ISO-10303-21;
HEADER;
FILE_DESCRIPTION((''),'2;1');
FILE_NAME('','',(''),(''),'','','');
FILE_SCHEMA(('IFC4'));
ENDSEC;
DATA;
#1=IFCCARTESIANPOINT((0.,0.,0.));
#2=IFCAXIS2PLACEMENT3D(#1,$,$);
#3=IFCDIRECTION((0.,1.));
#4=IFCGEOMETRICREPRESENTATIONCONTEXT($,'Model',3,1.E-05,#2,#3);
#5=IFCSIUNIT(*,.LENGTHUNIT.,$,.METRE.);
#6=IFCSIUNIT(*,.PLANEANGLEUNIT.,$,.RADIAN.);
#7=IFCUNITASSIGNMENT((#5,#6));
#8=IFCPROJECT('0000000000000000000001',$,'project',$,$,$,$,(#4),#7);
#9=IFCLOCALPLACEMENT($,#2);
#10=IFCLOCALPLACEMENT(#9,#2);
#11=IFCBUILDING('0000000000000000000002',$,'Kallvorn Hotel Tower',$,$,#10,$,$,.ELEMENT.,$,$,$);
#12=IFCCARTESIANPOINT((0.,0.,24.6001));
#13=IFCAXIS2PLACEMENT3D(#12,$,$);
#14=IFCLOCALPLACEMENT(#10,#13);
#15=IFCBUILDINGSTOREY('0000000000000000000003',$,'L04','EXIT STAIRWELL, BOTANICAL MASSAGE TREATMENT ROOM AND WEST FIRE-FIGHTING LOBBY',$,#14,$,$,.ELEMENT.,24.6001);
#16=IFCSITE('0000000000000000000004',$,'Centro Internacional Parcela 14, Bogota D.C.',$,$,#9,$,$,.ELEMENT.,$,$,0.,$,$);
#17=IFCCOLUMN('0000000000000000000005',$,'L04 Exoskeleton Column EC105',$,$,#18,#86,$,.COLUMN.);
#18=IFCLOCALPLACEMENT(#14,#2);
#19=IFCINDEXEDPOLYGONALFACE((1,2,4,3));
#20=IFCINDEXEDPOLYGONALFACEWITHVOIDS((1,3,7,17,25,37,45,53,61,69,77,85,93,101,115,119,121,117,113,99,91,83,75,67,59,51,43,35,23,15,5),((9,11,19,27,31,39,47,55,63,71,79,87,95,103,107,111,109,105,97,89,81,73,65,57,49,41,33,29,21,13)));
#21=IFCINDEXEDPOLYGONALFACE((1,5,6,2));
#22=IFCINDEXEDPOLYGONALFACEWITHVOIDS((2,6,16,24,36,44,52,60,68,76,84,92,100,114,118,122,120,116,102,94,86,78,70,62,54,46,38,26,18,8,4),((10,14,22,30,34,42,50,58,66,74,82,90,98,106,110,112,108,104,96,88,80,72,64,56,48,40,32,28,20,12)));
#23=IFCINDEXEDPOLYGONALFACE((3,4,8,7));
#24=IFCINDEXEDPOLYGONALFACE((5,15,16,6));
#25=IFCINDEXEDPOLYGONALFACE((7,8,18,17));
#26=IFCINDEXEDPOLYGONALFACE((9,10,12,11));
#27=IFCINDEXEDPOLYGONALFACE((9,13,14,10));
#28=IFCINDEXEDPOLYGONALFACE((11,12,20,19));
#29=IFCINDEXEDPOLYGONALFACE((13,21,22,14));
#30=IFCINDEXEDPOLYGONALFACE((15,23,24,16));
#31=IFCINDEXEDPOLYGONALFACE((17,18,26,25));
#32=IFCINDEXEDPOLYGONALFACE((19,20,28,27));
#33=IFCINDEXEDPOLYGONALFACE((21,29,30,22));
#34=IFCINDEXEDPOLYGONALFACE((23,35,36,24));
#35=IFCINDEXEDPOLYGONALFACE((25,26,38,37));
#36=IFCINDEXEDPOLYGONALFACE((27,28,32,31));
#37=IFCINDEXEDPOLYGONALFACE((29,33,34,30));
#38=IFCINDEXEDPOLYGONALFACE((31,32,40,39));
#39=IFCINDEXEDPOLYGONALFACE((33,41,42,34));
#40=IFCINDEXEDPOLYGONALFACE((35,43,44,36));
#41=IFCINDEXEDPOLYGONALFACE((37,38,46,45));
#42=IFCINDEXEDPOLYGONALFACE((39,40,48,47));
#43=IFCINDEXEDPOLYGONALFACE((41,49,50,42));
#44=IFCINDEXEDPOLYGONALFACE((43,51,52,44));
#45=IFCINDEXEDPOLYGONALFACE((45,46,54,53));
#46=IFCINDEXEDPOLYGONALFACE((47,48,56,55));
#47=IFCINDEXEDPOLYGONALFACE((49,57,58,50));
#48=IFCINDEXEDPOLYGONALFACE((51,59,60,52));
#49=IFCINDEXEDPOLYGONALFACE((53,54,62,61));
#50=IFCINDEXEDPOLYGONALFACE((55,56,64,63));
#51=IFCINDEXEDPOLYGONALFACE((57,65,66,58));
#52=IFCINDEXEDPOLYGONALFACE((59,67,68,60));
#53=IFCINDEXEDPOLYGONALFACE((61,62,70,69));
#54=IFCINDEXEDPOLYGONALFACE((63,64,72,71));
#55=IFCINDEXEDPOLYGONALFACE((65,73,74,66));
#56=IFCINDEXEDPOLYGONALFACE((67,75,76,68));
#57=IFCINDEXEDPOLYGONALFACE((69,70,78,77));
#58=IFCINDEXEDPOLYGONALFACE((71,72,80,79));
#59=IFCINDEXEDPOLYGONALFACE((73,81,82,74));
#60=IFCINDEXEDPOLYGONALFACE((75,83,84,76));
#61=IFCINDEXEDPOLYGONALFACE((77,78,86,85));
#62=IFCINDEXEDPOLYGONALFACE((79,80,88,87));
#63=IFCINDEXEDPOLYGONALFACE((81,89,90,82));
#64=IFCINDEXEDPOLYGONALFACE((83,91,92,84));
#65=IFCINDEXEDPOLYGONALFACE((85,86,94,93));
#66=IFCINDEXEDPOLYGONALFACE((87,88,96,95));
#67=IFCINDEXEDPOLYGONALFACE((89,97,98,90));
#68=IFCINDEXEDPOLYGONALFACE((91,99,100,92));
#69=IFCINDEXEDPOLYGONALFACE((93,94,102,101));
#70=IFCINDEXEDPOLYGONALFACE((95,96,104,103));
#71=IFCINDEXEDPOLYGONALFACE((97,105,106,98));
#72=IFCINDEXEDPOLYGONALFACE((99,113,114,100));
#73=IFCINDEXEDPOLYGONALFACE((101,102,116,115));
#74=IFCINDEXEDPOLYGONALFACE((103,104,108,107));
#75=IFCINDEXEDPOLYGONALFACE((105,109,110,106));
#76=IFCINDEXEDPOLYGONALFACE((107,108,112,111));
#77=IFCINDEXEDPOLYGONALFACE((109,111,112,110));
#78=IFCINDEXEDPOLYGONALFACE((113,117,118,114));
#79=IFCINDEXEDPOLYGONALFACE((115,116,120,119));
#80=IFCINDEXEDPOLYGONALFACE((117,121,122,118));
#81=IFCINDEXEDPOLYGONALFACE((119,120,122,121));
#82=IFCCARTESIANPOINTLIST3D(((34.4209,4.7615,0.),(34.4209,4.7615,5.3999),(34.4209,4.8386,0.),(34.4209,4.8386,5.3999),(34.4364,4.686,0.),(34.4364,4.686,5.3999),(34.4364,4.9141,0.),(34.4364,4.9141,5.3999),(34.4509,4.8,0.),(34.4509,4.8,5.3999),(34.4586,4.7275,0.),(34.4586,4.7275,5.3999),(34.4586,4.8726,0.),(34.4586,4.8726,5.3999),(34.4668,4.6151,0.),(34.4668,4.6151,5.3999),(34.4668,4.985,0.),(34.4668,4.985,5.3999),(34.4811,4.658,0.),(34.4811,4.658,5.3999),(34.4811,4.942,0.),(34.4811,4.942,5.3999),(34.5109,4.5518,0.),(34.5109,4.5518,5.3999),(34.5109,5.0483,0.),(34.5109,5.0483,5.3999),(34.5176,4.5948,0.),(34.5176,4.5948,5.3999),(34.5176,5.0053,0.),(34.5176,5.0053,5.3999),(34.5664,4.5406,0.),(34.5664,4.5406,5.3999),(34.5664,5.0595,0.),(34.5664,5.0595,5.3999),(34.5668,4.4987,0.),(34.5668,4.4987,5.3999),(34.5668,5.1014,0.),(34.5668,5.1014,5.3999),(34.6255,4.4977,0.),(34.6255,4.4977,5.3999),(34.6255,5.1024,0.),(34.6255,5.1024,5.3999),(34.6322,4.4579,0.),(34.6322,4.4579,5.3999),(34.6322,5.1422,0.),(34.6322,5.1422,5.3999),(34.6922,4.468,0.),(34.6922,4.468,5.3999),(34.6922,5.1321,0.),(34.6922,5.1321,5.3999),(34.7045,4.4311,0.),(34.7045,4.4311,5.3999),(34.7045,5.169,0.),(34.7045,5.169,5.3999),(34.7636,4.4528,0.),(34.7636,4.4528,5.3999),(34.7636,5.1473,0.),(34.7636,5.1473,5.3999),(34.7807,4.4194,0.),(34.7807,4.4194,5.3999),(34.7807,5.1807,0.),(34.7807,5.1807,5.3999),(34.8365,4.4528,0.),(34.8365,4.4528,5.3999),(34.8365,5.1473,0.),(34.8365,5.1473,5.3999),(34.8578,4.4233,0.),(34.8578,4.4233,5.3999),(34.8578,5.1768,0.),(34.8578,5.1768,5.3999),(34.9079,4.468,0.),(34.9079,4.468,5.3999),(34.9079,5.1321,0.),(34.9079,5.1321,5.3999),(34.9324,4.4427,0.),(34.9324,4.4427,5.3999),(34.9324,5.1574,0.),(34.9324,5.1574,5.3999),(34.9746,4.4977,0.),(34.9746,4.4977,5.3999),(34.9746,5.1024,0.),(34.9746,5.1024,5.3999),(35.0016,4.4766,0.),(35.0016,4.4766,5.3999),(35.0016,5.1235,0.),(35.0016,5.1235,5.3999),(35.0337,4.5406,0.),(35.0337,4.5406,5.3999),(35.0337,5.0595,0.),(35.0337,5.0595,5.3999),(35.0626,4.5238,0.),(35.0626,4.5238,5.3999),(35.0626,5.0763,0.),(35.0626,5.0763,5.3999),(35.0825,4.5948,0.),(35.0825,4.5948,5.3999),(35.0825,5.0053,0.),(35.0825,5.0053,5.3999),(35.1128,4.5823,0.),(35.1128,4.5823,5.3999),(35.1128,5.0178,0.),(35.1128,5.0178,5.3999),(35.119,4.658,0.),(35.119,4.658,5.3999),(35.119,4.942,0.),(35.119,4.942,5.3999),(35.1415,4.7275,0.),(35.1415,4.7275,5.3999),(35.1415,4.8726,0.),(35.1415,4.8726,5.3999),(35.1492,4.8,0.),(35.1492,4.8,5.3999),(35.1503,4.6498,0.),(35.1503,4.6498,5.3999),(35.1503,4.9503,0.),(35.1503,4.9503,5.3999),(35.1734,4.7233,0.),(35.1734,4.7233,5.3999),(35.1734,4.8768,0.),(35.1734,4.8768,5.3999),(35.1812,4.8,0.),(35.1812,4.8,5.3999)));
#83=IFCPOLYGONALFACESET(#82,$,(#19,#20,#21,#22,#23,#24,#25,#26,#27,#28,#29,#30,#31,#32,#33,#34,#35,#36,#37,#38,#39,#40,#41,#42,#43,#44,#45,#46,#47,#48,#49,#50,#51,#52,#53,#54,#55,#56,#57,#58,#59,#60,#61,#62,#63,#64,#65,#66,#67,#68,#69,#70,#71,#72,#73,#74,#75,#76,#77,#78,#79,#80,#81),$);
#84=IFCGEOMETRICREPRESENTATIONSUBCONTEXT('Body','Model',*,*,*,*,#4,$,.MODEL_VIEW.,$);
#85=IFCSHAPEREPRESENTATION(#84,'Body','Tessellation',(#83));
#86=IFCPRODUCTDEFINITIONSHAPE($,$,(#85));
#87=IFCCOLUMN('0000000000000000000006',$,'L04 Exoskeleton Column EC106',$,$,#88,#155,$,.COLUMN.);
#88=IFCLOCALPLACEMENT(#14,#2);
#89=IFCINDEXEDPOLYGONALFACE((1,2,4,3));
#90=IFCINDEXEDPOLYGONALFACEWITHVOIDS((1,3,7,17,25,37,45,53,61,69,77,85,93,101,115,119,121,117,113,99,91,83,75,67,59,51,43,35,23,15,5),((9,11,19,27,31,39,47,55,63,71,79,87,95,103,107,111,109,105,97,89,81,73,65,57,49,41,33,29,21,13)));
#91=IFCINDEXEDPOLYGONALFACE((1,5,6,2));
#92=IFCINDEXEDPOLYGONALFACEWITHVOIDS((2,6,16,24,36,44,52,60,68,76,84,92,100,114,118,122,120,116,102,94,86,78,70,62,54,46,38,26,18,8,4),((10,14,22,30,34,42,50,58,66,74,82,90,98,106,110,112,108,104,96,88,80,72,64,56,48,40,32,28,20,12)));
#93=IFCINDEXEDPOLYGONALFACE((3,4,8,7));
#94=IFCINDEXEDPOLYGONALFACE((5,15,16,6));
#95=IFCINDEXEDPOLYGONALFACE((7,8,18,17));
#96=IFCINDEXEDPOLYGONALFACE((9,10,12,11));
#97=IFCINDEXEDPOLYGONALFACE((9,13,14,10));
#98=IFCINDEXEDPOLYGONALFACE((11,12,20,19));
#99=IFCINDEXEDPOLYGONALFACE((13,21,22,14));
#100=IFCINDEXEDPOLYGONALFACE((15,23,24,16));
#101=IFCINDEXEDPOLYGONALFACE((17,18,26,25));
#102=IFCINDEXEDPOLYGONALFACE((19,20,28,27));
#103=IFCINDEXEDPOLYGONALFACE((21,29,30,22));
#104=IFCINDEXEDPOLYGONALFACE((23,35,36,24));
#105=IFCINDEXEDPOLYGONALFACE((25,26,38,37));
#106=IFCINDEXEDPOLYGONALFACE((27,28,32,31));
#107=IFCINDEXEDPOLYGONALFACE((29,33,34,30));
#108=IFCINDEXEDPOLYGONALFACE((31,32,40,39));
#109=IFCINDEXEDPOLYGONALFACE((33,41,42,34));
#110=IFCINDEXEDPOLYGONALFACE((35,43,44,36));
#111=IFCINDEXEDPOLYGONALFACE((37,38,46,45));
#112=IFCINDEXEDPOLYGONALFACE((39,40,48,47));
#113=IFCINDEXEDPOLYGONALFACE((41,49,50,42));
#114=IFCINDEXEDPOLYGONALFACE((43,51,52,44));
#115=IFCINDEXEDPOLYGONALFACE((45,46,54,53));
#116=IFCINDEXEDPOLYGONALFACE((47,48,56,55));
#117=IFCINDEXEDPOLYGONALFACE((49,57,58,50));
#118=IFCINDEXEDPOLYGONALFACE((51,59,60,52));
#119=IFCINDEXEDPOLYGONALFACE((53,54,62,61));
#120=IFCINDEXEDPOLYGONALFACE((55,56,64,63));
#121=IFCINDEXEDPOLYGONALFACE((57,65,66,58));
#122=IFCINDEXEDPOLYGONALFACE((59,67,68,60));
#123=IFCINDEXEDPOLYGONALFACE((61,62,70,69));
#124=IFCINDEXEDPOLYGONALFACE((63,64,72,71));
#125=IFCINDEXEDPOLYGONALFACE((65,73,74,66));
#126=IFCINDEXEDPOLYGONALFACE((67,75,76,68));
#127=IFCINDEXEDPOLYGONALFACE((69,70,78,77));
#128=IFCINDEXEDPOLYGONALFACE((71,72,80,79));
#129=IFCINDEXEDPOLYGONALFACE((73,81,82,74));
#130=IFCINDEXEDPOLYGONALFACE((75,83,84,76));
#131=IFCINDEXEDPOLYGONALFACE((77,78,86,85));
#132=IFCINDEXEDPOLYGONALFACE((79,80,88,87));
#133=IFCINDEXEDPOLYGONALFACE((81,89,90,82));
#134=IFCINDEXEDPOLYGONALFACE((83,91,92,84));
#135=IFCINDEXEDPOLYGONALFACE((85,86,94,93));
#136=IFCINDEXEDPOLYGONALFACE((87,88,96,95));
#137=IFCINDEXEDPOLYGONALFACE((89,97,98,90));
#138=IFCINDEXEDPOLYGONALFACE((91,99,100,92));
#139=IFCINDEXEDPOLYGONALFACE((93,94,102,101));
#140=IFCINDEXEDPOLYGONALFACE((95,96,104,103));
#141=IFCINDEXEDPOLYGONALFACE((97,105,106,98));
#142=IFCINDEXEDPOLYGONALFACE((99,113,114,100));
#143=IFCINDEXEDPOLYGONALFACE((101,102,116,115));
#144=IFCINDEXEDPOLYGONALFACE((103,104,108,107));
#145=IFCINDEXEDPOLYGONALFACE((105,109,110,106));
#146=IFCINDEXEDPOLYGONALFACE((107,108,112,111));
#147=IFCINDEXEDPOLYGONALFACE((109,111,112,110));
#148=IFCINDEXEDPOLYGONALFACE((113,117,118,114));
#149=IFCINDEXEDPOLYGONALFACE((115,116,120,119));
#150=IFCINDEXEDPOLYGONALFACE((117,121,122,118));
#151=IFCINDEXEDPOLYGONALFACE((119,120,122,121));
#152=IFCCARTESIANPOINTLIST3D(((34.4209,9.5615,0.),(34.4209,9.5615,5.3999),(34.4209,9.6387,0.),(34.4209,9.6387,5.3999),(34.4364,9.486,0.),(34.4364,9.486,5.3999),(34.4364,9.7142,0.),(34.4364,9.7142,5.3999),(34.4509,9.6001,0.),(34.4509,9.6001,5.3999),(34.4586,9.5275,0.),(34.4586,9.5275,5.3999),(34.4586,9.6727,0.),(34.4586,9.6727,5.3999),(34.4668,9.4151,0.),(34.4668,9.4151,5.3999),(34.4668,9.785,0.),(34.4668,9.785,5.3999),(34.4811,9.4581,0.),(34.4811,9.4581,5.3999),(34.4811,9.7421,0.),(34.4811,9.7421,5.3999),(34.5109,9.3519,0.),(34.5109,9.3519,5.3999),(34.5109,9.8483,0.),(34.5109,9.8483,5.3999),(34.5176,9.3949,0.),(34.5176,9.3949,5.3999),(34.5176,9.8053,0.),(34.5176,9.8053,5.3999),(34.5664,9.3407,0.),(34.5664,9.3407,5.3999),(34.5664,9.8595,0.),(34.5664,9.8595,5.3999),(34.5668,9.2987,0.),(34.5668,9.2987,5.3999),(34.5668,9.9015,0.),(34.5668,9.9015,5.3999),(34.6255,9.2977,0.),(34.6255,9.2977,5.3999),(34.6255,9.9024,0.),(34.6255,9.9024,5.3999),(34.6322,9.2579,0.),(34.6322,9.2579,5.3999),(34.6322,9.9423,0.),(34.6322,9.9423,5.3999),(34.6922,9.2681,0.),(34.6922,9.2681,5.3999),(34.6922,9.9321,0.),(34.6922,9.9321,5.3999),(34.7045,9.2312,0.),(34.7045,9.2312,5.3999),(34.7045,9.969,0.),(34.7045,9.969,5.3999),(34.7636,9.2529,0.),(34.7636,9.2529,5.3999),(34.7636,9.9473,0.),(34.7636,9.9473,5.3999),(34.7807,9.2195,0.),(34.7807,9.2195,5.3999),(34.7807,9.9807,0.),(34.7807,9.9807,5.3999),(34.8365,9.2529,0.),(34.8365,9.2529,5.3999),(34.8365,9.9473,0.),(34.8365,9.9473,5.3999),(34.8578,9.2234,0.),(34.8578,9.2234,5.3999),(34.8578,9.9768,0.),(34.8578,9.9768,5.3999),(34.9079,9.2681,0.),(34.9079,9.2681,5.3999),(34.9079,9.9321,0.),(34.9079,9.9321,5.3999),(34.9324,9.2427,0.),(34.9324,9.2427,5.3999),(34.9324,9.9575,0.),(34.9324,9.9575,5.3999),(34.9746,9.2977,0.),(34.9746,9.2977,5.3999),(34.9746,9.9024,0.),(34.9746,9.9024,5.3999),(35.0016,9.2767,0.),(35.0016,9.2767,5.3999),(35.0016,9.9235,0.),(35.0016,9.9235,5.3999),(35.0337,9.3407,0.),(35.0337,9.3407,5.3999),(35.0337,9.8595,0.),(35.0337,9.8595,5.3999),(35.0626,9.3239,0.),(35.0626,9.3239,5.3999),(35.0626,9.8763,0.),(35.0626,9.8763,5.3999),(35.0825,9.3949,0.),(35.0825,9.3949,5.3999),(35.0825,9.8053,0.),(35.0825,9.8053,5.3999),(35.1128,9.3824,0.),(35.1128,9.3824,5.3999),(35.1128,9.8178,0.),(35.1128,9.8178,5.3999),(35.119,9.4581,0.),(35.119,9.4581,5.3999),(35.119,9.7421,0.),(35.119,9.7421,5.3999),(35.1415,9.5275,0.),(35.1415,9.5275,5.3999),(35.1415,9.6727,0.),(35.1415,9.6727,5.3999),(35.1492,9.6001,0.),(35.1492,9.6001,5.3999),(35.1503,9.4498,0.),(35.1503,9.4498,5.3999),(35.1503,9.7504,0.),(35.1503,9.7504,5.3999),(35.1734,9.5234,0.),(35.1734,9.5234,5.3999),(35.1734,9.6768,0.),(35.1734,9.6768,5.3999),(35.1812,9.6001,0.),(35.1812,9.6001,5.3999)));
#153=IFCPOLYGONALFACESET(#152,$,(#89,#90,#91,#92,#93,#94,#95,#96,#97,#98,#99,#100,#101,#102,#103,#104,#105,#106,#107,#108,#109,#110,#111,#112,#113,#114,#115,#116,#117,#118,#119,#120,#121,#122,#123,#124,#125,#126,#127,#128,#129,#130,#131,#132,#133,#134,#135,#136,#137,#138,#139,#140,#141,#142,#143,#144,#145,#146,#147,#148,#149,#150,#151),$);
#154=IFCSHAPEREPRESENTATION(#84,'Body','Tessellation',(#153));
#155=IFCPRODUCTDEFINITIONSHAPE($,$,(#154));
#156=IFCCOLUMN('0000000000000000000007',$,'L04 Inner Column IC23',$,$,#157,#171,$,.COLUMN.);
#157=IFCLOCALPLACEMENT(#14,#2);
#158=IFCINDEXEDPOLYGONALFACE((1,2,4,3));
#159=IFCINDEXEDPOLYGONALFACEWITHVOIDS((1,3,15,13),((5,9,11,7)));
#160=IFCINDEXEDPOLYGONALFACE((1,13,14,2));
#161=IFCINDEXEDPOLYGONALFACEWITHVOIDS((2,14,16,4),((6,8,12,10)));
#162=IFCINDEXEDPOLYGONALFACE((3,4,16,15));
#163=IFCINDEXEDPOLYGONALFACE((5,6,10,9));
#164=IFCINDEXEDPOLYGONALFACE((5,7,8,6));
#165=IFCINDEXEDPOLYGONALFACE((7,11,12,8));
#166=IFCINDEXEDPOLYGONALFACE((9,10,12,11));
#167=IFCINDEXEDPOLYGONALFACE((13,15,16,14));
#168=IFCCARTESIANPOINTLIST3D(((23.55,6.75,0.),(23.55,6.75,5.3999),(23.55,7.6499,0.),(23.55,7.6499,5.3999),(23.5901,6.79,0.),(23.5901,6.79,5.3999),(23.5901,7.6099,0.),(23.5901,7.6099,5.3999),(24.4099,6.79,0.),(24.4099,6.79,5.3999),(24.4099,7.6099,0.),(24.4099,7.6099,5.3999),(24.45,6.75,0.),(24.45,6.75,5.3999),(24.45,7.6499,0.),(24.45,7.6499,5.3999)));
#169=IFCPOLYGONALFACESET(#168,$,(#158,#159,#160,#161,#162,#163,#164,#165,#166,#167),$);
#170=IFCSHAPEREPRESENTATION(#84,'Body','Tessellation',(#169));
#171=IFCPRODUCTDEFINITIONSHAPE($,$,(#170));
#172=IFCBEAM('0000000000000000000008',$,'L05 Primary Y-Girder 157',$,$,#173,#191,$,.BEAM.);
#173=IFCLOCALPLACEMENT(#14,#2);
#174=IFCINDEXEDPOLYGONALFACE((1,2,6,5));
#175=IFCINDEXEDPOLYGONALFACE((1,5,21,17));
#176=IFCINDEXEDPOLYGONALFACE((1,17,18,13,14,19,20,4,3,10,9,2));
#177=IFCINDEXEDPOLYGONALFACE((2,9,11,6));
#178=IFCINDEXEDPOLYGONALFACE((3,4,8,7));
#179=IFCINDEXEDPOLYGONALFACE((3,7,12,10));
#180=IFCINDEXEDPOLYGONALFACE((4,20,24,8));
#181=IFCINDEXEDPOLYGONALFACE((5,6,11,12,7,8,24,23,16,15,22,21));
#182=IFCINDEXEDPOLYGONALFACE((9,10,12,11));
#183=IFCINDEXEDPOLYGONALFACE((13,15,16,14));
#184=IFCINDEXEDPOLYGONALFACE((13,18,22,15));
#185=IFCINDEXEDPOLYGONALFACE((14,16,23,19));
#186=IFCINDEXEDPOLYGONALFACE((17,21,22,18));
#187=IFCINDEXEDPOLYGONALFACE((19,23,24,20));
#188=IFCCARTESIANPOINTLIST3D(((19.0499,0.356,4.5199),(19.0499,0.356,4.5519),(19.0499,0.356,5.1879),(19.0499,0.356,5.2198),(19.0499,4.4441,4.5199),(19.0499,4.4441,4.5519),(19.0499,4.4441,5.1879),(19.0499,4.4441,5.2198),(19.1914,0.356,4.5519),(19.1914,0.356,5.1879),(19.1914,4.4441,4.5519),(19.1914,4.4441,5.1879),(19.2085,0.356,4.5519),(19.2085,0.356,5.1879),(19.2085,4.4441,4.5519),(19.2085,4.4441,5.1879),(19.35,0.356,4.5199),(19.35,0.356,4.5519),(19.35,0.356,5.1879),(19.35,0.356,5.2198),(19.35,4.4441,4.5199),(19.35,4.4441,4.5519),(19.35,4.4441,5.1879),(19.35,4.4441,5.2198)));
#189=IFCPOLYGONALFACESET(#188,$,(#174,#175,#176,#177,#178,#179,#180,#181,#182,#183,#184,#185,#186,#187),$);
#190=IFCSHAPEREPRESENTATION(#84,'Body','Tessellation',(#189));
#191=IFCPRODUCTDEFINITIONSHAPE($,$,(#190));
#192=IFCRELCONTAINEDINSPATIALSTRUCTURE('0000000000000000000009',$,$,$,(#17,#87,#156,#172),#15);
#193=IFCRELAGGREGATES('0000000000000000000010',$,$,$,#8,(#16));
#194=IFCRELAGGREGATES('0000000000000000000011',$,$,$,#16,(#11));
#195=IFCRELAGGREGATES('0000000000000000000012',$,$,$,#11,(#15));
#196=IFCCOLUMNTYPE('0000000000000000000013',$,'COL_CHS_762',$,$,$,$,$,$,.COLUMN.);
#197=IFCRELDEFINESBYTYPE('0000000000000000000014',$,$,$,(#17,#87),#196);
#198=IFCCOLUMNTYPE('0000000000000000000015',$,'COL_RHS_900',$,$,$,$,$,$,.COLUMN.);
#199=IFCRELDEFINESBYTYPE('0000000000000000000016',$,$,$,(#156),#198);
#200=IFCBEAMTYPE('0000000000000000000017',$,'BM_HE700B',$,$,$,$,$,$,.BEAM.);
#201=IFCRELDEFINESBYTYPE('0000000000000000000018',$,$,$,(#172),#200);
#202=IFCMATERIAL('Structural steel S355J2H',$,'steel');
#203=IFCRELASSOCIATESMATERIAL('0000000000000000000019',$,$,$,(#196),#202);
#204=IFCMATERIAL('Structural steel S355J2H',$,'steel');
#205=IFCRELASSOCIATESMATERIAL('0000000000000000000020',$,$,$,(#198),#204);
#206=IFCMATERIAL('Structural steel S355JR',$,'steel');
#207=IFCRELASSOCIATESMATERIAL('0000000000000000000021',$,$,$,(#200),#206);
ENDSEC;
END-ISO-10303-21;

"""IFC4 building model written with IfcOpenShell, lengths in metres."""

from ifc_helpers import new_model, si_unit, direction, frame, origin, origin_2d, place, context, subcontext, project, spatial, hollow_rectangle, hollow_circle, i_section, extrude, material, material_profile, profile_set, type_object, element, save


model = new_model("IFC4")

# Units and contexts
model_context = context("Model", 3, precision=1e-05, world=origin(), true_north=direction((0.0, 1.0)))
body_context = subcontext(model_context, "Body", "Model", "MODEL_VIEW")
ifc_project = project(units=[si_unit("LENGTHUNIT", "METRE"), si_unit("PLANEANGLEUNIT", "RADIAN")], contexts=[model_context])

# Site, building, storey
site_placement = place(None, origin())
site = spatial("IfcSite", under=ifc_project, at=site_placement, Name="Centro Internacional Parcela 14, Bogota D.C.", CompositionType="ELEMENT", RefElevation=0.0)
building_placement = place(site_placement, origin())
building = spatial("IfcBuilding", under=site, at=building_placement, Name="Kallvorn Hotel Tower", CompositionType="ELEMENT")
storey_placement = place(building_placement, frame((0.0, 0.0, 24.6001)))
storey = spatial("IfcBuildingStorey", under=building, at=storey_placement, Name="L04", Description="EXIT STAIRWELL, BOTANICAL MASSAGE TREATMENT ROOM AND WEST FIRE-FIGHTING LOBBY", CompositionType="ELEMENT", Elevation=24.6001)

# Columns
ifc_material_1 = material(Name="Structural steel S355J2H", Category="steel")
ifc_material_profile_1 = material_profile(ifc_material_1, hollow_circle(Radius=0.3811, WallThickness=0.032, at=origin_2d()), Name="CHS 762x32")
ifc_profile_set_1 = profile_set([ifc_material_profile_1], Name="Structural steel S355J2H")
column_type_1 = type_object("IfcColumnType", Name="COL_CHS_762", PredefinedType="COLUMN", material=ifc_profile_set_1)
for number, where, z_axis, x_axis, name in (
    (1, (34.8, 4.8, 0.0), (0.0, 0.0, 1.0), (1.0, 0.0, 0.0), "L04 Exoskeleton Column EC105"),
    (2, (34.8, 9.6001, 0.0), (0.0, 0.0, 1.0), (1.0, 0.0, 0.0), "L04 Exoskeleton Column EC106"),
):
    element("IfcColumn", number, at=place(storey_placement, frame(where, z_axis=z_axis, x_axis=x_axis)), inside=storey, type_object=column_type_1, Name=name, PredefinedType="COLUMN", context=body_context, shape_type="SweptSolid", body=[
        extrude(hollow_circle(Radius=0.3811, WallThickness=0.032, at=origin_2d()), origin(), (0.0, 0.0, 1.0), 5.3999),
    ])
ifc_material_2 = material(Name="Structural steel S355J2H", Category="steel")
ifc_material_profile_2 = material_profile(ifc_material_2, hollow_rectangle(XDim=0.8999, YDim=0.8999, WallThickness=0.04, at=origin_2d()), Name="RHS 900x900x40")
ifc_profile_set_2 = profile_set([ifc_material_profile_2], Name="Structural steel S355J2H")
column_type_2 = type_object("IfcColumnType", Name="COL_RHS_900", PredefinedType="COLUMN", material=ifc_profile_set_2)
column_placement = place(storey_placement, frame((24.0, 7.2, 0.0), z_axis=(0.0, 0.0, 1.0), x_axis=(1.0, 0.0, 0.0)))
element("IfcColumn", 3, at=column_placement, inside=storey, type_object=column_type_2, Name="L04 Inner Column IC23", PredefinedType="COLUMN", context=body_context, shape_type="SweptSolid", body=[
    extrude(hollow_rectangle(XDim=0.8999, YDim=0.8999, WallThickness=0.04, at=origin_2d()), origin(), (0.0, 0.0, 1.0), 5.3999),
])

# Beam
ifc_material_3 = material(Name="Structural steel S355JR", Category="steel")
ifc_material_profile_3 = material_profile(ifc_material_3, i_section(OverallWidth=0.3, OverallDepth=0.7, WebThickness=0.0171, FlangeThickness=0.032, at=origin_2d()), Name="HE 700 B")
ifc_profile_set_3 = profile_set([ifc_material_profile_3], Name="Structural steel S355JR")
beam_type_1 = type_object("IfcBeamType", Name="BM_HE700B", PredefinedType="BEAM", material=ifc_profile_set_3)
beam_1_placement = place(storey_placement, frame((19.2, 0.356, 4.8699), z_axis=(0.0, 1.0, 0.0), x_axis=(-1.0, 0.0, 0.0)))
element("IfcBeam", 4, at=beam_1_placement, inside=storey, type_object=beam_type_1, Name="L05 Primary Y-Girder 157", PredefinedType="BEAM", context=body_context, shape_type="SweptSolid", body=[
    extrude(i_section(OverallWidth=0.3, OverallDepth=0.7, WebThickness=0.0171, FlangeThickness=0.032, at=origin_2d()), origin(), (0.0, 0.0, 1.0), 4.0881),
])

save(model, "model.ifc")
